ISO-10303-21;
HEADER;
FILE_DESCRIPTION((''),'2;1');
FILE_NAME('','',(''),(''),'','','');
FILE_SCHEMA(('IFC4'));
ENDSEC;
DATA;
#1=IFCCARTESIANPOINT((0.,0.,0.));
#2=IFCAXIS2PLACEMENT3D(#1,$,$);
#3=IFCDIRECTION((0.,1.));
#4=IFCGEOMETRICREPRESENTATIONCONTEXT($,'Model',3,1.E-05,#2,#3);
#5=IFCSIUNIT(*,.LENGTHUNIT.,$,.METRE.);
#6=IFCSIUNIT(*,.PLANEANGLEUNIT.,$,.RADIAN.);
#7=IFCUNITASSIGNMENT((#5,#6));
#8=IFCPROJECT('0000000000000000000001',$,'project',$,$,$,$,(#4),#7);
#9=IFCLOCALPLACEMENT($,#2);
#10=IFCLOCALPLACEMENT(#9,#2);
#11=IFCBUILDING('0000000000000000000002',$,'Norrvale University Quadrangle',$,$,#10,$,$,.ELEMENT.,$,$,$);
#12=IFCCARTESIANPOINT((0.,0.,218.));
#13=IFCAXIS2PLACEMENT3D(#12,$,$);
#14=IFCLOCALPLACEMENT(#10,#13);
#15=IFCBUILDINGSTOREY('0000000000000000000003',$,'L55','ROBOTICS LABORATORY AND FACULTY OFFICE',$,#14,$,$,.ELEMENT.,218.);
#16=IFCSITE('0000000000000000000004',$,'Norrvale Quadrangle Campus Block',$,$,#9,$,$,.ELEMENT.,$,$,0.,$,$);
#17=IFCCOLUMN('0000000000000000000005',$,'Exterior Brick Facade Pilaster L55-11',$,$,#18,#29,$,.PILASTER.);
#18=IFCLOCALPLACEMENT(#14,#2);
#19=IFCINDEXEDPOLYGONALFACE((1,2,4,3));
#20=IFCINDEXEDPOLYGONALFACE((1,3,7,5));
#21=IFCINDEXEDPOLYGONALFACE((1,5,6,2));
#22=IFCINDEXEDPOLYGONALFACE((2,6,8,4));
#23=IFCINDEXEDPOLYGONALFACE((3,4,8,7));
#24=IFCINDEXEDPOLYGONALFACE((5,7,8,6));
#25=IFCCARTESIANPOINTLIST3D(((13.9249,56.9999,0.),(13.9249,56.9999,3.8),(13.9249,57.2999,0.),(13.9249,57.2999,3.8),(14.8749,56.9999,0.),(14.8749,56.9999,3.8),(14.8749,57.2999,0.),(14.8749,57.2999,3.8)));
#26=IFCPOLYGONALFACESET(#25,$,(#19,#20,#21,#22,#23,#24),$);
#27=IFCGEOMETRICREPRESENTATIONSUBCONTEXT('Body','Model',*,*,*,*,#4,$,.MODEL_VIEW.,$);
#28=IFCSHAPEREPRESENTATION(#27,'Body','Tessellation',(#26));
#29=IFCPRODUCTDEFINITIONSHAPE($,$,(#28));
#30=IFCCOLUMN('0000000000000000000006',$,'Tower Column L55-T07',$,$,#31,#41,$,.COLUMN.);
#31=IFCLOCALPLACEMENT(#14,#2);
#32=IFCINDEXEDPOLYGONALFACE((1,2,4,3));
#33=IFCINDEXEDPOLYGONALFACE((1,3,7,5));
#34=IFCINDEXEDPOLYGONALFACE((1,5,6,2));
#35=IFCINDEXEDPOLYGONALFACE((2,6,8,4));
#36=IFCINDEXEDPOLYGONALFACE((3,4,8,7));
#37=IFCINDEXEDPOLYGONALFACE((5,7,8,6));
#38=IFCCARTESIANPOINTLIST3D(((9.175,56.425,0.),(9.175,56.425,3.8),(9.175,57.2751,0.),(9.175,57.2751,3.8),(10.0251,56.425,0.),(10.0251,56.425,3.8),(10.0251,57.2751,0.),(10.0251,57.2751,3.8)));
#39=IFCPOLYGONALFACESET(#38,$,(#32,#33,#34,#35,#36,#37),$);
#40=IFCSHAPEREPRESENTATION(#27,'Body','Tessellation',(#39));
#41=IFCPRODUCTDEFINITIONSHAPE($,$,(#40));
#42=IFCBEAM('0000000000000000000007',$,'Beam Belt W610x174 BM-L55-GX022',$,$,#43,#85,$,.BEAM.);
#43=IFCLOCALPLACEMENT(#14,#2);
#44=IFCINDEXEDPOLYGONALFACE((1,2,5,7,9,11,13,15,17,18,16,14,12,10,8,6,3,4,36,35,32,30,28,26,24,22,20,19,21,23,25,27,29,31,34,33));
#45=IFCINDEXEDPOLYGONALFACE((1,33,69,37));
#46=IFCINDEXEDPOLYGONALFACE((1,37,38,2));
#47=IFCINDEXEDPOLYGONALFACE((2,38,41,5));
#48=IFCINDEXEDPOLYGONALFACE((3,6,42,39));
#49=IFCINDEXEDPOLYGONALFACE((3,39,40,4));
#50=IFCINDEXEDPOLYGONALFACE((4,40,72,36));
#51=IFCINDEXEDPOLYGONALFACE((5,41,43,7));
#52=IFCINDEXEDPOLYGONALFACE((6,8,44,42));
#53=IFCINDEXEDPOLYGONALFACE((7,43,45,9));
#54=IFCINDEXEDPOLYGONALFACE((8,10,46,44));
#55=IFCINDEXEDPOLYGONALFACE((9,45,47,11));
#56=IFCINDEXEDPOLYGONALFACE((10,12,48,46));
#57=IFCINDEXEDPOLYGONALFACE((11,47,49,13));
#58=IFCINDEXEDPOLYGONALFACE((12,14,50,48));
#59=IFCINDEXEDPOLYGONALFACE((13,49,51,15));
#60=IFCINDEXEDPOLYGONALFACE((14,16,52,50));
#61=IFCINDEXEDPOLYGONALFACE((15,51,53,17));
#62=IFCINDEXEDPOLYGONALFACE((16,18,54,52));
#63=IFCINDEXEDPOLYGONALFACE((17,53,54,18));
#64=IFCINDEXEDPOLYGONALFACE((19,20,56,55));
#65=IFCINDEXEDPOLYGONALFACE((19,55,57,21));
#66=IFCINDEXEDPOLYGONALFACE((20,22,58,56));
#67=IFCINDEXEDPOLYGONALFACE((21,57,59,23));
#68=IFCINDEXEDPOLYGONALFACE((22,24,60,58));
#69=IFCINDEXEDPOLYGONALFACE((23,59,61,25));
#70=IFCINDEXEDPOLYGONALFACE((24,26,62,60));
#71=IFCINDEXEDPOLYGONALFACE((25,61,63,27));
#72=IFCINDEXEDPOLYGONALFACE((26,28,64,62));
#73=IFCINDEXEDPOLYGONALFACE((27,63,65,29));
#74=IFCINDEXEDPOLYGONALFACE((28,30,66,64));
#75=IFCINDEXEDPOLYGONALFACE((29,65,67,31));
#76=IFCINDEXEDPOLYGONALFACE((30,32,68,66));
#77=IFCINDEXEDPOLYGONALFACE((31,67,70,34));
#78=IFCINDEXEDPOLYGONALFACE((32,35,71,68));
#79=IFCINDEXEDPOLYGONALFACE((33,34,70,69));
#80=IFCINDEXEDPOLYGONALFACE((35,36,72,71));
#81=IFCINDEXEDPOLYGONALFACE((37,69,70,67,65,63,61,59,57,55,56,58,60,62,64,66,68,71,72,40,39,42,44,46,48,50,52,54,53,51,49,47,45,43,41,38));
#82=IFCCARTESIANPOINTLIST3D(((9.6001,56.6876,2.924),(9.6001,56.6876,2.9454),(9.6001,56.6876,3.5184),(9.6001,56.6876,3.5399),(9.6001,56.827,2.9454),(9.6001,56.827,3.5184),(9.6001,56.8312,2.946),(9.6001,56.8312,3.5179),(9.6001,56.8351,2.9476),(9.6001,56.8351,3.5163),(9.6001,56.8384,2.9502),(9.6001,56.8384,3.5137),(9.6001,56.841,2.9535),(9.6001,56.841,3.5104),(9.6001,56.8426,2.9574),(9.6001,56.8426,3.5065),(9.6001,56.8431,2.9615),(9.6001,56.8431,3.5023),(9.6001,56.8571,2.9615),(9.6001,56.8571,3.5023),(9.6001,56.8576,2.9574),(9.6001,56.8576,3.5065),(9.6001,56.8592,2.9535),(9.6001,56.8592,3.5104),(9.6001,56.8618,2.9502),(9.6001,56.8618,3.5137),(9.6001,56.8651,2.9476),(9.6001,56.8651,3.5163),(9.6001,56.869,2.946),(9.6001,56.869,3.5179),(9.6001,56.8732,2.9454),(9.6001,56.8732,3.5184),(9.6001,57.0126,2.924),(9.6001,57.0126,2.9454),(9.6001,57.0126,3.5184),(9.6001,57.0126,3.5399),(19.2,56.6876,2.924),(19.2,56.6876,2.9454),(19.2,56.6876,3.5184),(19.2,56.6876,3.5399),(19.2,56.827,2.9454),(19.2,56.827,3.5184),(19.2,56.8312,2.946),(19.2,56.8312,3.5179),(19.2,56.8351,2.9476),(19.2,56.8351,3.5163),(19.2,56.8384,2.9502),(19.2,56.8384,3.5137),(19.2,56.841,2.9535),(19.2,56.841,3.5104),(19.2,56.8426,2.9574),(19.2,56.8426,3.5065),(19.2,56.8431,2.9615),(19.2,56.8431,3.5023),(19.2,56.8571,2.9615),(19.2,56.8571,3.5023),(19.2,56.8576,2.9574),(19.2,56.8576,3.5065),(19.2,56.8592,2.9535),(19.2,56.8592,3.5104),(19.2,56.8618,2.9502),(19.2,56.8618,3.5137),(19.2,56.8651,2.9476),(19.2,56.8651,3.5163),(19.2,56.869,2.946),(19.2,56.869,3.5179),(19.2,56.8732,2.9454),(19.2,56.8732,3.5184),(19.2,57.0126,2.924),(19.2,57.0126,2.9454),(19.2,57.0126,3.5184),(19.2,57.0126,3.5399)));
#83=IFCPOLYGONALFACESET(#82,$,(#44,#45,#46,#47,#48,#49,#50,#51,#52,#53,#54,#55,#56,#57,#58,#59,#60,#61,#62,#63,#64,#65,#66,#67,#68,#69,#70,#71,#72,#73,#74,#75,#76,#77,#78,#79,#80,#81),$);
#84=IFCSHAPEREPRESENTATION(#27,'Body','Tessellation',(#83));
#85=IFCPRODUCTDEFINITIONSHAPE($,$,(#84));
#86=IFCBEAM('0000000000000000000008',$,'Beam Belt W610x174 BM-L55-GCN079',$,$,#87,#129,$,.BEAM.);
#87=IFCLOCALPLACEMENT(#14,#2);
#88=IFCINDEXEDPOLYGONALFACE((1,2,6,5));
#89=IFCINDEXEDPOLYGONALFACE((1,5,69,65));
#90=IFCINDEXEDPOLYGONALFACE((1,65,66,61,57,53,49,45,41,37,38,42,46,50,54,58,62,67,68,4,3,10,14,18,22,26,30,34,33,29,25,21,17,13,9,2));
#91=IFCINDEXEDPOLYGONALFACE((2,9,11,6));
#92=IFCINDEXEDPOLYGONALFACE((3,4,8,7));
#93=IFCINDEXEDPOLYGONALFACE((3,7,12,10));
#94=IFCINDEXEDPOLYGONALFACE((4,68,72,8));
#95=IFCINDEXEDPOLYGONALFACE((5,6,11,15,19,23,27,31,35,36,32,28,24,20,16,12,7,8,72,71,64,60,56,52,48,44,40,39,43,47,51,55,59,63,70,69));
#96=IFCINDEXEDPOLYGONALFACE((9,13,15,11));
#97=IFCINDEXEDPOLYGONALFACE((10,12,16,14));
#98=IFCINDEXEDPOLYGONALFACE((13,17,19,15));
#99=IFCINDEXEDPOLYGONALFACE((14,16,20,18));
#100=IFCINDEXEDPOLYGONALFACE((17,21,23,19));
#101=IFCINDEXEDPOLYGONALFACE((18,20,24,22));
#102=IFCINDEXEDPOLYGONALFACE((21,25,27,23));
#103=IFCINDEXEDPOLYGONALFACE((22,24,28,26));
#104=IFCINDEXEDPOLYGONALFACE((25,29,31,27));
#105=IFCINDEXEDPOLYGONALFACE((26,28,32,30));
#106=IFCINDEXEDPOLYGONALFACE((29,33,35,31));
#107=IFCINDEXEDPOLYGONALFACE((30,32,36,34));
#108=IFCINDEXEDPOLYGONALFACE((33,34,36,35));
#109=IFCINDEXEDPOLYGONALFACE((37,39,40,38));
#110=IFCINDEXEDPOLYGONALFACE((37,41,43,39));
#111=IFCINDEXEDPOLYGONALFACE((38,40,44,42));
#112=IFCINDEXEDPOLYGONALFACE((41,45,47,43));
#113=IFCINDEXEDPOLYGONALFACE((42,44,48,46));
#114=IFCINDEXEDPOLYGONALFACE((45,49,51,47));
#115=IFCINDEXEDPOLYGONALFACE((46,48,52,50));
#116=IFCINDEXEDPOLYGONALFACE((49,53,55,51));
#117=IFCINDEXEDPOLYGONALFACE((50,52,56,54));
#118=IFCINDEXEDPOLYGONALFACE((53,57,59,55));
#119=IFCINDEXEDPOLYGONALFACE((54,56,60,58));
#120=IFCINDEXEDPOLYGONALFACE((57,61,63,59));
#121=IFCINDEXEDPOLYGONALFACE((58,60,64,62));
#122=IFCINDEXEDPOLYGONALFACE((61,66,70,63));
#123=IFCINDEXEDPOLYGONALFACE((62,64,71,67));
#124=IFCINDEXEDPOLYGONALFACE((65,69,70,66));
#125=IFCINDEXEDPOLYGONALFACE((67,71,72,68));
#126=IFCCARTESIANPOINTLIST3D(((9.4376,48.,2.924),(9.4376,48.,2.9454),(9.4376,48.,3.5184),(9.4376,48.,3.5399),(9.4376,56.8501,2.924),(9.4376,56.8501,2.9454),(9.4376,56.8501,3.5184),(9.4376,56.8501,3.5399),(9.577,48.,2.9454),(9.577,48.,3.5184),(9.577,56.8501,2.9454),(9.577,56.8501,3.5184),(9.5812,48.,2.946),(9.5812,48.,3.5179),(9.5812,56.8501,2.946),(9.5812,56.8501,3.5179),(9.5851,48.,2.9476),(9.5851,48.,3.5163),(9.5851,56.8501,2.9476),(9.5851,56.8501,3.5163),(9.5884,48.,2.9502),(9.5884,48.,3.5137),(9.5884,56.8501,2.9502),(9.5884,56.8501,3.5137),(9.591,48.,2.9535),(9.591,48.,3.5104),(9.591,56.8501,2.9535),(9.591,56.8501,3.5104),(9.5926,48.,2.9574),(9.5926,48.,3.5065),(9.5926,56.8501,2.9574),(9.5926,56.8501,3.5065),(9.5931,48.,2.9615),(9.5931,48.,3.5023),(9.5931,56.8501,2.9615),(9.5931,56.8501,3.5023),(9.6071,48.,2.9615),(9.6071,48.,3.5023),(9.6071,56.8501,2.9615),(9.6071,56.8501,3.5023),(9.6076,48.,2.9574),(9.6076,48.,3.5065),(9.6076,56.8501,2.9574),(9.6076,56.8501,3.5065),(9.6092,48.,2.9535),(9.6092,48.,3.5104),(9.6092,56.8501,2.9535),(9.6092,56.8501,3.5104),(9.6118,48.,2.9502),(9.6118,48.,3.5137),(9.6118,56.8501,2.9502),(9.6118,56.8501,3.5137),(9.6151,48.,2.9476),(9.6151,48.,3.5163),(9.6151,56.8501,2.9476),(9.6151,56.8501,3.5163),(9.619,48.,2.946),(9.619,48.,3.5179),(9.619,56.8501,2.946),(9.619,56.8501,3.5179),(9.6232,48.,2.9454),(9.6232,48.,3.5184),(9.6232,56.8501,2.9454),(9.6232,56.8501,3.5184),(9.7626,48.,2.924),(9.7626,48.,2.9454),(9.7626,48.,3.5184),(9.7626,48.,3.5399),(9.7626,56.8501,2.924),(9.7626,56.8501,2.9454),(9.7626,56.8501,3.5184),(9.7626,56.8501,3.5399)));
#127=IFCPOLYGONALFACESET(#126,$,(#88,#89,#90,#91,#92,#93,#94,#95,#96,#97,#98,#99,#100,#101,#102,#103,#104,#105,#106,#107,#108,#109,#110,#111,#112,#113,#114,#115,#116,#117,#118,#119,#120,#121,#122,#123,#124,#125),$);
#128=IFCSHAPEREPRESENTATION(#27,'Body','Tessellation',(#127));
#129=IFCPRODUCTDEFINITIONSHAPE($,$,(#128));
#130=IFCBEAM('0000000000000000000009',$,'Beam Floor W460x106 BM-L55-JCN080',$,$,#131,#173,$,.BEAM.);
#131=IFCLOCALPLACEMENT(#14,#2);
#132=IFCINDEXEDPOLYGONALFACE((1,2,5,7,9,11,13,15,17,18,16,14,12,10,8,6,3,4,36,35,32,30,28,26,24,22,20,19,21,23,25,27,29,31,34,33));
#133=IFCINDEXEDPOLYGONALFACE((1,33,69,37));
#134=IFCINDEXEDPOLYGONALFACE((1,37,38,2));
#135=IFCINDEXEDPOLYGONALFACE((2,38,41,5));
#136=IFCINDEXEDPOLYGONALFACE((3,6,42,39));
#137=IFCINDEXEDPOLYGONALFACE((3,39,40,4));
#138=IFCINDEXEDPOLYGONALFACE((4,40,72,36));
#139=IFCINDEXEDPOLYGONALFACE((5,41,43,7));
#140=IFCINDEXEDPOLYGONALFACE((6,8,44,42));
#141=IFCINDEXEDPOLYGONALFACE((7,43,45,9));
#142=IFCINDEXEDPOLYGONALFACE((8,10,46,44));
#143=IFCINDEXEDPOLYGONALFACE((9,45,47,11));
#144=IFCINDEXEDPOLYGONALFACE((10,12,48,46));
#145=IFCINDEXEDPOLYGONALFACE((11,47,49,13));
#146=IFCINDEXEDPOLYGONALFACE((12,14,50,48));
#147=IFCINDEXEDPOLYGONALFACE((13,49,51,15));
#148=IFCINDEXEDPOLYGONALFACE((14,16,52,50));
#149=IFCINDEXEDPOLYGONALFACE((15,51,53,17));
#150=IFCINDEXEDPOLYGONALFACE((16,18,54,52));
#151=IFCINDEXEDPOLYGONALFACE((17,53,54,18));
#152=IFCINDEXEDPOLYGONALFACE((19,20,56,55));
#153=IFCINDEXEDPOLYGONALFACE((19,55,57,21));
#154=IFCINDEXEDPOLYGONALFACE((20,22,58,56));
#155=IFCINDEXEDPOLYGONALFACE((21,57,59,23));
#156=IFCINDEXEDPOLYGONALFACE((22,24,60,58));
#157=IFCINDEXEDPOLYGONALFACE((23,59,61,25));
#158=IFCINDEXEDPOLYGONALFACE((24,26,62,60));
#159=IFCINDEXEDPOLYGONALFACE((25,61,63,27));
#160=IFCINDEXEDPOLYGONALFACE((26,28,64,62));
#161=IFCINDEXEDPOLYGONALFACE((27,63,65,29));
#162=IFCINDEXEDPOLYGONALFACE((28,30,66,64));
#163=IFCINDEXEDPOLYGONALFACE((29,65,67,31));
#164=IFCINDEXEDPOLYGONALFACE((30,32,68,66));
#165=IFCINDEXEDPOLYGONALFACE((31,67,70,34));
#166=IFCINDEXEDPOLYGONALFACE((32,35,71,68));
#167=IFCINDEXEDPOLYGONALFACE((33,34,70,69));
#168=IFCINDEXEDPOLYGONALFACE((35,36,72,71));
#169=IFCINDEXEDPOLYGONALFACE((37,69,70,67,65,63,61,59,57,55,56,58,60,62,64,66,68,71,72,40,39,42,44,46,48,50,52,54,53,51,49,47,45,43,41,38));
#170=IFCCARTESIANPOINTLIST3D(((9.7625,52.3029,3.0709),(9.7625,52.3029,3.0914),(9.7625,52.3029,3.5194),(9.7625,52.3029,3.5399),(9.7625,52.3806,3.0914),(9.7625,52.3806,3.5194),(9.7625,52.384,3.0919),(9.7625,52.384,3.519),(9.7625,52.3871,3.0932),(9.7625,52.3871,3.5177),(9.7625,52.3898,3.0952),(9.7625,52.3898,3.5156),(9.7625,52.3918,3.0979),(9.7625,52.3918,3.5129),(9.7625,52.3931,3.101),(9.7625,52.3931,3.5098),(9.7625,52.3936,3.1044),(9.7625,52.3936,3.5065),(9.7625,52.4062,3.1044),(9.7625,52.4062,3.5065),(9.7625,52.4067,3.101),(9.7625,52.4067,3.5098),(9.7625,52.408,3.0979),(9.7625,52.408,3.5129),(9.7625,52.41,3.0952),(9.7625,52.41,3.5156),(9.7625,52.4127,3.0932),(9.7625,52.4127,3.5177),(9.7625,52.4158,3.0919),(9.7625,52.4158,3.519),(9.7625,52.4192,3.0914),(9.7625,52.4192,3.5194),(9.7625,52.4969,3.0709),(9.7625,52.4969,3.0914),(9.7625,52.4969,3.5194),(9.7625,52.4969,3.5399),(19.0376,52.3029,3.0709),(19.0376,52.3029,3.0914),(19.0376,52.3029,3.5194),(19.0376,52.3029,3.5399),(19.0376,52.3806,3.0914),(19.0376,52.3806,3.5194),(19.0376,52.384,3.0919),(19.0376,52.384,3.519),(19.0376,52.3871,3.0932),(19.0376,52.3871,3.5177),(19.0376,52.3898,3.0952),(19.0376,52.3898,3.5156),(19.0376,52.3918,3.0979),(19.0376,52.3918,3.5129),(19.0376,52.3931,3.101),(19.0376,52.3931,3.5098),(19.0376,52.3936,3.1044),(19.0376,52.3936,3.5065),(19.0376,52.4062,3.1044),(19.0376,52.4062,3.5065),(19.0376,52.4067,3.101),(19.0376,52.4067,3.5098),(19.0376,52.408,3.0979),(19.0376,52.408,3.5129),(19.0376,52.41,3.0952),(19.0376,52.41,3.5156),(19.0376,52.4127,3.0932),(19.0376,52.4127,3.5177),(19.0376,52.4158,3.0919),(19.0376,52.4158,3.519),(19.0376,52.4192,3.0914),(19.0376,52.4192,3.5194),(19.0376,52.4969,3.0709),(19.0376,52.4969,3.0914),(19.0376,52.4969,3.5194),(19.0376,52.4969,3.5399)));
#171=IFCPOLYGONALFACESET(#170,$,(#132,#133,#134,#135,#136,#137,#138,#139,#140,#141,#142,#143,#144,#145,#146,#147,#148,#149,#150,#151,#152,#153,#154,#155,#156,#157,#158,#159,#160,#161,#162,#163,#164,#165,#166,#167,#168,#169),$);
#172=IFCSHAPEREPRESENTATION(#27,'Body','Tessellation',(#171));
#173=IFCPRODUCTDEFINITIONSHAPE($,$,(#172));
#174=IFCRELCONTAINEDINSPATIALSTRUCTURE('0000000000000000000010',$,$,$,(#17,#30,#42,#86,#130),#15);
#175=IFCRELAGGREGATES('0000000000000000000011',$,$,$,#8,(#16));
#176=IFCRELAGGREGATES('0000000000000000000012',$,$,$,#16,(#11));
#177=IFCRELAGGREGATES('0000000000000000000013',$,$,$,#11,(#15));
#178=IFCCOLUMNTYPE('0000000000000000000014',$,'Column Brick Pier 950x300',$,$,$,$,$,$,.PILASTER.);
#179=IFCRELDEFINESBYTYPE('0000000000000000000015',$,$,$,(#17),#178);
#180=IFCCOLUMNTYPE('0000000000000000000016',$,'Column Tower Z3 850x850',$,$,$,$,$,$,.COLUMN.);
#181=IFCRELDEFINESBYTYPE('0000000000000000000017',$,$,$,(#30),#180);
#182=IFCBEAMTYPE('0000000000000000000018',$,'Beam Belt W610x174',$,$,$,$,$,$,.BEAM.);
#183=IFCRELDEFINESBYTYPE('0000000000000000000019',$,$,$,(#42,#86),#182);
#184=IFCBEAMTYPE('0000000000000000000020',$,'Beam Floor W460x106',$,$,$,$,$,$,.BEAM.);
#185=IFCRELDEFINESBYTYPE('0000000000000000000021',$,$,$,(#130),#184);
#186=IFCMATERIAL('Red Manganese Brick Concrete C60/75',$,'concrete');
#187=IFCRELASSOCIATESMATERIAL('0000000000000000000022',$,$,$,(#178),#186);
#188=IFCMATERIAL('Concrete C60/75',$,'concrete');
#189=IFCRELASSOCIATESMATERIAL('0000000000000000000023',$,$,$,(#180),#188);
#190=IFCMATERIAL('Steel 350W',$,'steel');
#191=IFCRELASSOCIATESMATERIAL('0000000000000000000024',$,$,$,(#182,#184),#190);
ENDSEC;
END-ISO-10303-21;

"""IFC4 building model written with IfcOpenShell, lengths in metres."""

from ifc_helpers import new_model, si_unit, direction, frame, origin, origin_2d, place, context, subcontext, project, spatial, rectangle, i_section, extrude, material, material_profile, profile_set, type_object, element, save


model = new_model("IFC4")

# Units and contexts
model_context = context("Model", 3, precision=1e-05, world=origin(), true_north=direction((0.0, 1.0)))
body_context = subcontext(model_context, "Body", "Model", "MODEL_VIEW")
ifc_project = project(units=[si_unit("LENGTHUNIT", "METRE"), si_unit("PLANEANGLEUNIT", "RADIAN")], contexts=[model_context])

# Site, building, storey
site_placement = place(None, origin())
site = spatial("IfcSite", under=ifc_project, at=site_placement, Name="Norrvale Quadrangle Campus Block", CompositionType="ELEMENT", RefElevation=0.0)
building_placement = place(site_placement, origin())
building = spatial("IfcBuilding", under=site, at=building_placement, Name="Norrvale University Quadrangle", CompositionType="ELEMENT")
storey_placement = place(building_placement, frame((0.0, 0.0, 218.0)))
storey = spatial("IfcBuildingStorey", under=building, at=storey_placement, Name="L55", Description="ROBOTICS LABORATORY AND FACULTY OFFICE", CompositionType="ELEMENT", Elevation=218.0)

# Columns
ifc_material_1 = material(Name="Red Manganese Brick Concrete C60/75", Category="concrete")
ifc_material_profile_1 = material_profile(ifc_material_1, rectangle(XDim=0.95, YDim=0.3, at=origin_2d()), Name="Red Manganese Brick Concrete C60/75")
ifc_profile_set_1 = profile_set([ifc_material_profile_1], Name="Red Manganese Brick Concrete C60/75")
column_type_1 = type_object("IfcColumnType", Name="Column Brick Pier 950x300", PredefinedType="PILASTER", material=ifc_profile_set_1)
column_1_placement = place(storey_placement, frame((14.3999, 57.1499, 0.0), z_axis=(0.0, 0.0, 1.0), x_axis=(1.0, 0.0, 0.0)))
element("IfcColumn", 1, at=column_1_placement, inside=storey, type_object=column_type_1, Name="Exterior Brick Facade Pilaster L55-11", PredefinedType="PILASTER", context=body_context, shape_type="SweptSolid", body=[
    extrude(rectangle(XDim=0.95, YDim=0.3, at=origin_2d()), origin(), (0.0, 0.0, 1.0), 3.8),
])
ifc_material_2 = material(Name="Concrete C60/75", Category="concrete")
ifc_material_profile_2 = material_profile(ifc_material_2, rectangle(XDim=0.8501, YDim=0.8501, at=origin_2d()), Name="Concrete C60/75")
ifc_profile_set_2 = profile_set([ifc_material_profile_2], Name="Concrete C60/75")
column_type_2 = type_object("IfcColumnType", Name="Column Tower Z3 850x850", PredefinedType="COLUMN", material=ifc_profile_set_2)
column_2_placement = place(storey_placement, frame((9.6001, 56.8501, 0.0), z_axis=(0.0, 0.0, 1.0), x_axis=(1.0, 0.0, 0.0)))
element("IfcColumn", 2, at=column_2_placement, inside=storey, type_object=column_type_2, Name="Tower Column L55-T07", PredefinedType="COLUMN", context=body_context, shape_type="SweptSolid", body=[
    extrude(rectangle(XDim=0.8501, YDim=0.8501, at=origin_2d()), origin(), (0.0, 0.0, 1.0), 3.8),
])

# Beams
ifc_material_3 = material(Name="Steel 350W", Category="steel")
ifc_material_profile_3 = material_profile(ifc_material_3, i_section(OverallWidth=0.325, OverallDepth=0.616, WebThickness=0.0139, FlangeThickness=0.0215, FilletRadius=0.0161, at=origin_2d()), Name="Steel 350W")
ifc_profile_set_3 = profile_set([ifc_material_profile_3], Name="Steel 350W")
beam_type_1 = type_object("IfcBeamType", Name="Beam Belt W610x174", PredefinedType="BEAM", material=ifc_profile_set_3)
beam_1_placement = place(storey_placement, frame((9.6001, 56.8501, 3.2319), z_axis=(1.0, 0.0, 0.0), x_axis=(0.0, 1.0, 0.0)))
element("IfcBeam", 3, at=beam_1_placement, inside=storey, type_object=beam_type_1, Name="Beam Belt W610x174 BM-L55-GX022", PredefinedType="BEAM", context=body_context, shape_type="SweptSolid", body=[
    extrude(i_section(OverallWidth=0.325, OverallDepth=0.616, WebThickness=0.0139, FlangeThickness=0.0215, FilletRadius=0.0161, at=origin_2d()), origin(), (0.0, 0.0, 1.0), 9.5999),
])
beam_2_placement = place(storey_placement, frame((9.6001, 48.0, 3.2319), z_axis=(0.0, 1.0, 0.0), x_axis=(-1.0, 0.0, 0.0)))
element("IfcBeam", 4, at=beam_2_placement, inside=storey, type_object=beam_type_1, Name="Beam Belt W610x174 BM-L55-GCN079", PredefinedType="BEAM", context=body_context, shape_type="SweptSolid", body=[
    extrude(i_section(OverallWidth=0.325, OverallDepth=0.616, WebThickness=0.0139, FlangeThickness=0.0215, FilletRadius=0.0161, at=origin_2d()), origin(), (0.0, 0.0, 1.0), 8.8501),
])
ifc_material_profile_4 = material_profile(ifc_material_3, i_section(OverallWidth=0.1941, OverallDepth=0.469, WebThickness=0.0127, FlangeThickness=0.0205, FilletRadius=0.0129, at=origin_2d()), Name="Steel 350W")
ifc_profile_set_4 = profile_set([ifc_material_profile_4], Name="Steel 350W")
beam_type_2 = type_object("IfcBeamType", Name="Beam Floor W460x106", PredefinedType="BEAM", material=ifc_profile_set_4)
beam_3_placement = place(storey_placement, frame((9.7625, 52.3999, 3.3054), z_axis=(1.0, 0.0, 0.0), x_axis=(0.0, 1.0, 0.0)))
element("IfcBeam", 5, at=beam_3_placement, inside=storey, type_object=beam_type_2, Name="Beam Floor W460x106 BM-L55-JCN080", PredefinedType="BEAM", context=body_context, shape_type="SweptSolid", body=[
    extrude(i_section(OverallWidth=0.1941, OverallDepth=0.469, WebThickness=0.0127, FlangeThickness=0.0205, FilletRadius=0.0129, at=origin_2d()), origin(), (0.0, 0.0, 1.0), 9.2751),
])

save(model, "model.ifc")
